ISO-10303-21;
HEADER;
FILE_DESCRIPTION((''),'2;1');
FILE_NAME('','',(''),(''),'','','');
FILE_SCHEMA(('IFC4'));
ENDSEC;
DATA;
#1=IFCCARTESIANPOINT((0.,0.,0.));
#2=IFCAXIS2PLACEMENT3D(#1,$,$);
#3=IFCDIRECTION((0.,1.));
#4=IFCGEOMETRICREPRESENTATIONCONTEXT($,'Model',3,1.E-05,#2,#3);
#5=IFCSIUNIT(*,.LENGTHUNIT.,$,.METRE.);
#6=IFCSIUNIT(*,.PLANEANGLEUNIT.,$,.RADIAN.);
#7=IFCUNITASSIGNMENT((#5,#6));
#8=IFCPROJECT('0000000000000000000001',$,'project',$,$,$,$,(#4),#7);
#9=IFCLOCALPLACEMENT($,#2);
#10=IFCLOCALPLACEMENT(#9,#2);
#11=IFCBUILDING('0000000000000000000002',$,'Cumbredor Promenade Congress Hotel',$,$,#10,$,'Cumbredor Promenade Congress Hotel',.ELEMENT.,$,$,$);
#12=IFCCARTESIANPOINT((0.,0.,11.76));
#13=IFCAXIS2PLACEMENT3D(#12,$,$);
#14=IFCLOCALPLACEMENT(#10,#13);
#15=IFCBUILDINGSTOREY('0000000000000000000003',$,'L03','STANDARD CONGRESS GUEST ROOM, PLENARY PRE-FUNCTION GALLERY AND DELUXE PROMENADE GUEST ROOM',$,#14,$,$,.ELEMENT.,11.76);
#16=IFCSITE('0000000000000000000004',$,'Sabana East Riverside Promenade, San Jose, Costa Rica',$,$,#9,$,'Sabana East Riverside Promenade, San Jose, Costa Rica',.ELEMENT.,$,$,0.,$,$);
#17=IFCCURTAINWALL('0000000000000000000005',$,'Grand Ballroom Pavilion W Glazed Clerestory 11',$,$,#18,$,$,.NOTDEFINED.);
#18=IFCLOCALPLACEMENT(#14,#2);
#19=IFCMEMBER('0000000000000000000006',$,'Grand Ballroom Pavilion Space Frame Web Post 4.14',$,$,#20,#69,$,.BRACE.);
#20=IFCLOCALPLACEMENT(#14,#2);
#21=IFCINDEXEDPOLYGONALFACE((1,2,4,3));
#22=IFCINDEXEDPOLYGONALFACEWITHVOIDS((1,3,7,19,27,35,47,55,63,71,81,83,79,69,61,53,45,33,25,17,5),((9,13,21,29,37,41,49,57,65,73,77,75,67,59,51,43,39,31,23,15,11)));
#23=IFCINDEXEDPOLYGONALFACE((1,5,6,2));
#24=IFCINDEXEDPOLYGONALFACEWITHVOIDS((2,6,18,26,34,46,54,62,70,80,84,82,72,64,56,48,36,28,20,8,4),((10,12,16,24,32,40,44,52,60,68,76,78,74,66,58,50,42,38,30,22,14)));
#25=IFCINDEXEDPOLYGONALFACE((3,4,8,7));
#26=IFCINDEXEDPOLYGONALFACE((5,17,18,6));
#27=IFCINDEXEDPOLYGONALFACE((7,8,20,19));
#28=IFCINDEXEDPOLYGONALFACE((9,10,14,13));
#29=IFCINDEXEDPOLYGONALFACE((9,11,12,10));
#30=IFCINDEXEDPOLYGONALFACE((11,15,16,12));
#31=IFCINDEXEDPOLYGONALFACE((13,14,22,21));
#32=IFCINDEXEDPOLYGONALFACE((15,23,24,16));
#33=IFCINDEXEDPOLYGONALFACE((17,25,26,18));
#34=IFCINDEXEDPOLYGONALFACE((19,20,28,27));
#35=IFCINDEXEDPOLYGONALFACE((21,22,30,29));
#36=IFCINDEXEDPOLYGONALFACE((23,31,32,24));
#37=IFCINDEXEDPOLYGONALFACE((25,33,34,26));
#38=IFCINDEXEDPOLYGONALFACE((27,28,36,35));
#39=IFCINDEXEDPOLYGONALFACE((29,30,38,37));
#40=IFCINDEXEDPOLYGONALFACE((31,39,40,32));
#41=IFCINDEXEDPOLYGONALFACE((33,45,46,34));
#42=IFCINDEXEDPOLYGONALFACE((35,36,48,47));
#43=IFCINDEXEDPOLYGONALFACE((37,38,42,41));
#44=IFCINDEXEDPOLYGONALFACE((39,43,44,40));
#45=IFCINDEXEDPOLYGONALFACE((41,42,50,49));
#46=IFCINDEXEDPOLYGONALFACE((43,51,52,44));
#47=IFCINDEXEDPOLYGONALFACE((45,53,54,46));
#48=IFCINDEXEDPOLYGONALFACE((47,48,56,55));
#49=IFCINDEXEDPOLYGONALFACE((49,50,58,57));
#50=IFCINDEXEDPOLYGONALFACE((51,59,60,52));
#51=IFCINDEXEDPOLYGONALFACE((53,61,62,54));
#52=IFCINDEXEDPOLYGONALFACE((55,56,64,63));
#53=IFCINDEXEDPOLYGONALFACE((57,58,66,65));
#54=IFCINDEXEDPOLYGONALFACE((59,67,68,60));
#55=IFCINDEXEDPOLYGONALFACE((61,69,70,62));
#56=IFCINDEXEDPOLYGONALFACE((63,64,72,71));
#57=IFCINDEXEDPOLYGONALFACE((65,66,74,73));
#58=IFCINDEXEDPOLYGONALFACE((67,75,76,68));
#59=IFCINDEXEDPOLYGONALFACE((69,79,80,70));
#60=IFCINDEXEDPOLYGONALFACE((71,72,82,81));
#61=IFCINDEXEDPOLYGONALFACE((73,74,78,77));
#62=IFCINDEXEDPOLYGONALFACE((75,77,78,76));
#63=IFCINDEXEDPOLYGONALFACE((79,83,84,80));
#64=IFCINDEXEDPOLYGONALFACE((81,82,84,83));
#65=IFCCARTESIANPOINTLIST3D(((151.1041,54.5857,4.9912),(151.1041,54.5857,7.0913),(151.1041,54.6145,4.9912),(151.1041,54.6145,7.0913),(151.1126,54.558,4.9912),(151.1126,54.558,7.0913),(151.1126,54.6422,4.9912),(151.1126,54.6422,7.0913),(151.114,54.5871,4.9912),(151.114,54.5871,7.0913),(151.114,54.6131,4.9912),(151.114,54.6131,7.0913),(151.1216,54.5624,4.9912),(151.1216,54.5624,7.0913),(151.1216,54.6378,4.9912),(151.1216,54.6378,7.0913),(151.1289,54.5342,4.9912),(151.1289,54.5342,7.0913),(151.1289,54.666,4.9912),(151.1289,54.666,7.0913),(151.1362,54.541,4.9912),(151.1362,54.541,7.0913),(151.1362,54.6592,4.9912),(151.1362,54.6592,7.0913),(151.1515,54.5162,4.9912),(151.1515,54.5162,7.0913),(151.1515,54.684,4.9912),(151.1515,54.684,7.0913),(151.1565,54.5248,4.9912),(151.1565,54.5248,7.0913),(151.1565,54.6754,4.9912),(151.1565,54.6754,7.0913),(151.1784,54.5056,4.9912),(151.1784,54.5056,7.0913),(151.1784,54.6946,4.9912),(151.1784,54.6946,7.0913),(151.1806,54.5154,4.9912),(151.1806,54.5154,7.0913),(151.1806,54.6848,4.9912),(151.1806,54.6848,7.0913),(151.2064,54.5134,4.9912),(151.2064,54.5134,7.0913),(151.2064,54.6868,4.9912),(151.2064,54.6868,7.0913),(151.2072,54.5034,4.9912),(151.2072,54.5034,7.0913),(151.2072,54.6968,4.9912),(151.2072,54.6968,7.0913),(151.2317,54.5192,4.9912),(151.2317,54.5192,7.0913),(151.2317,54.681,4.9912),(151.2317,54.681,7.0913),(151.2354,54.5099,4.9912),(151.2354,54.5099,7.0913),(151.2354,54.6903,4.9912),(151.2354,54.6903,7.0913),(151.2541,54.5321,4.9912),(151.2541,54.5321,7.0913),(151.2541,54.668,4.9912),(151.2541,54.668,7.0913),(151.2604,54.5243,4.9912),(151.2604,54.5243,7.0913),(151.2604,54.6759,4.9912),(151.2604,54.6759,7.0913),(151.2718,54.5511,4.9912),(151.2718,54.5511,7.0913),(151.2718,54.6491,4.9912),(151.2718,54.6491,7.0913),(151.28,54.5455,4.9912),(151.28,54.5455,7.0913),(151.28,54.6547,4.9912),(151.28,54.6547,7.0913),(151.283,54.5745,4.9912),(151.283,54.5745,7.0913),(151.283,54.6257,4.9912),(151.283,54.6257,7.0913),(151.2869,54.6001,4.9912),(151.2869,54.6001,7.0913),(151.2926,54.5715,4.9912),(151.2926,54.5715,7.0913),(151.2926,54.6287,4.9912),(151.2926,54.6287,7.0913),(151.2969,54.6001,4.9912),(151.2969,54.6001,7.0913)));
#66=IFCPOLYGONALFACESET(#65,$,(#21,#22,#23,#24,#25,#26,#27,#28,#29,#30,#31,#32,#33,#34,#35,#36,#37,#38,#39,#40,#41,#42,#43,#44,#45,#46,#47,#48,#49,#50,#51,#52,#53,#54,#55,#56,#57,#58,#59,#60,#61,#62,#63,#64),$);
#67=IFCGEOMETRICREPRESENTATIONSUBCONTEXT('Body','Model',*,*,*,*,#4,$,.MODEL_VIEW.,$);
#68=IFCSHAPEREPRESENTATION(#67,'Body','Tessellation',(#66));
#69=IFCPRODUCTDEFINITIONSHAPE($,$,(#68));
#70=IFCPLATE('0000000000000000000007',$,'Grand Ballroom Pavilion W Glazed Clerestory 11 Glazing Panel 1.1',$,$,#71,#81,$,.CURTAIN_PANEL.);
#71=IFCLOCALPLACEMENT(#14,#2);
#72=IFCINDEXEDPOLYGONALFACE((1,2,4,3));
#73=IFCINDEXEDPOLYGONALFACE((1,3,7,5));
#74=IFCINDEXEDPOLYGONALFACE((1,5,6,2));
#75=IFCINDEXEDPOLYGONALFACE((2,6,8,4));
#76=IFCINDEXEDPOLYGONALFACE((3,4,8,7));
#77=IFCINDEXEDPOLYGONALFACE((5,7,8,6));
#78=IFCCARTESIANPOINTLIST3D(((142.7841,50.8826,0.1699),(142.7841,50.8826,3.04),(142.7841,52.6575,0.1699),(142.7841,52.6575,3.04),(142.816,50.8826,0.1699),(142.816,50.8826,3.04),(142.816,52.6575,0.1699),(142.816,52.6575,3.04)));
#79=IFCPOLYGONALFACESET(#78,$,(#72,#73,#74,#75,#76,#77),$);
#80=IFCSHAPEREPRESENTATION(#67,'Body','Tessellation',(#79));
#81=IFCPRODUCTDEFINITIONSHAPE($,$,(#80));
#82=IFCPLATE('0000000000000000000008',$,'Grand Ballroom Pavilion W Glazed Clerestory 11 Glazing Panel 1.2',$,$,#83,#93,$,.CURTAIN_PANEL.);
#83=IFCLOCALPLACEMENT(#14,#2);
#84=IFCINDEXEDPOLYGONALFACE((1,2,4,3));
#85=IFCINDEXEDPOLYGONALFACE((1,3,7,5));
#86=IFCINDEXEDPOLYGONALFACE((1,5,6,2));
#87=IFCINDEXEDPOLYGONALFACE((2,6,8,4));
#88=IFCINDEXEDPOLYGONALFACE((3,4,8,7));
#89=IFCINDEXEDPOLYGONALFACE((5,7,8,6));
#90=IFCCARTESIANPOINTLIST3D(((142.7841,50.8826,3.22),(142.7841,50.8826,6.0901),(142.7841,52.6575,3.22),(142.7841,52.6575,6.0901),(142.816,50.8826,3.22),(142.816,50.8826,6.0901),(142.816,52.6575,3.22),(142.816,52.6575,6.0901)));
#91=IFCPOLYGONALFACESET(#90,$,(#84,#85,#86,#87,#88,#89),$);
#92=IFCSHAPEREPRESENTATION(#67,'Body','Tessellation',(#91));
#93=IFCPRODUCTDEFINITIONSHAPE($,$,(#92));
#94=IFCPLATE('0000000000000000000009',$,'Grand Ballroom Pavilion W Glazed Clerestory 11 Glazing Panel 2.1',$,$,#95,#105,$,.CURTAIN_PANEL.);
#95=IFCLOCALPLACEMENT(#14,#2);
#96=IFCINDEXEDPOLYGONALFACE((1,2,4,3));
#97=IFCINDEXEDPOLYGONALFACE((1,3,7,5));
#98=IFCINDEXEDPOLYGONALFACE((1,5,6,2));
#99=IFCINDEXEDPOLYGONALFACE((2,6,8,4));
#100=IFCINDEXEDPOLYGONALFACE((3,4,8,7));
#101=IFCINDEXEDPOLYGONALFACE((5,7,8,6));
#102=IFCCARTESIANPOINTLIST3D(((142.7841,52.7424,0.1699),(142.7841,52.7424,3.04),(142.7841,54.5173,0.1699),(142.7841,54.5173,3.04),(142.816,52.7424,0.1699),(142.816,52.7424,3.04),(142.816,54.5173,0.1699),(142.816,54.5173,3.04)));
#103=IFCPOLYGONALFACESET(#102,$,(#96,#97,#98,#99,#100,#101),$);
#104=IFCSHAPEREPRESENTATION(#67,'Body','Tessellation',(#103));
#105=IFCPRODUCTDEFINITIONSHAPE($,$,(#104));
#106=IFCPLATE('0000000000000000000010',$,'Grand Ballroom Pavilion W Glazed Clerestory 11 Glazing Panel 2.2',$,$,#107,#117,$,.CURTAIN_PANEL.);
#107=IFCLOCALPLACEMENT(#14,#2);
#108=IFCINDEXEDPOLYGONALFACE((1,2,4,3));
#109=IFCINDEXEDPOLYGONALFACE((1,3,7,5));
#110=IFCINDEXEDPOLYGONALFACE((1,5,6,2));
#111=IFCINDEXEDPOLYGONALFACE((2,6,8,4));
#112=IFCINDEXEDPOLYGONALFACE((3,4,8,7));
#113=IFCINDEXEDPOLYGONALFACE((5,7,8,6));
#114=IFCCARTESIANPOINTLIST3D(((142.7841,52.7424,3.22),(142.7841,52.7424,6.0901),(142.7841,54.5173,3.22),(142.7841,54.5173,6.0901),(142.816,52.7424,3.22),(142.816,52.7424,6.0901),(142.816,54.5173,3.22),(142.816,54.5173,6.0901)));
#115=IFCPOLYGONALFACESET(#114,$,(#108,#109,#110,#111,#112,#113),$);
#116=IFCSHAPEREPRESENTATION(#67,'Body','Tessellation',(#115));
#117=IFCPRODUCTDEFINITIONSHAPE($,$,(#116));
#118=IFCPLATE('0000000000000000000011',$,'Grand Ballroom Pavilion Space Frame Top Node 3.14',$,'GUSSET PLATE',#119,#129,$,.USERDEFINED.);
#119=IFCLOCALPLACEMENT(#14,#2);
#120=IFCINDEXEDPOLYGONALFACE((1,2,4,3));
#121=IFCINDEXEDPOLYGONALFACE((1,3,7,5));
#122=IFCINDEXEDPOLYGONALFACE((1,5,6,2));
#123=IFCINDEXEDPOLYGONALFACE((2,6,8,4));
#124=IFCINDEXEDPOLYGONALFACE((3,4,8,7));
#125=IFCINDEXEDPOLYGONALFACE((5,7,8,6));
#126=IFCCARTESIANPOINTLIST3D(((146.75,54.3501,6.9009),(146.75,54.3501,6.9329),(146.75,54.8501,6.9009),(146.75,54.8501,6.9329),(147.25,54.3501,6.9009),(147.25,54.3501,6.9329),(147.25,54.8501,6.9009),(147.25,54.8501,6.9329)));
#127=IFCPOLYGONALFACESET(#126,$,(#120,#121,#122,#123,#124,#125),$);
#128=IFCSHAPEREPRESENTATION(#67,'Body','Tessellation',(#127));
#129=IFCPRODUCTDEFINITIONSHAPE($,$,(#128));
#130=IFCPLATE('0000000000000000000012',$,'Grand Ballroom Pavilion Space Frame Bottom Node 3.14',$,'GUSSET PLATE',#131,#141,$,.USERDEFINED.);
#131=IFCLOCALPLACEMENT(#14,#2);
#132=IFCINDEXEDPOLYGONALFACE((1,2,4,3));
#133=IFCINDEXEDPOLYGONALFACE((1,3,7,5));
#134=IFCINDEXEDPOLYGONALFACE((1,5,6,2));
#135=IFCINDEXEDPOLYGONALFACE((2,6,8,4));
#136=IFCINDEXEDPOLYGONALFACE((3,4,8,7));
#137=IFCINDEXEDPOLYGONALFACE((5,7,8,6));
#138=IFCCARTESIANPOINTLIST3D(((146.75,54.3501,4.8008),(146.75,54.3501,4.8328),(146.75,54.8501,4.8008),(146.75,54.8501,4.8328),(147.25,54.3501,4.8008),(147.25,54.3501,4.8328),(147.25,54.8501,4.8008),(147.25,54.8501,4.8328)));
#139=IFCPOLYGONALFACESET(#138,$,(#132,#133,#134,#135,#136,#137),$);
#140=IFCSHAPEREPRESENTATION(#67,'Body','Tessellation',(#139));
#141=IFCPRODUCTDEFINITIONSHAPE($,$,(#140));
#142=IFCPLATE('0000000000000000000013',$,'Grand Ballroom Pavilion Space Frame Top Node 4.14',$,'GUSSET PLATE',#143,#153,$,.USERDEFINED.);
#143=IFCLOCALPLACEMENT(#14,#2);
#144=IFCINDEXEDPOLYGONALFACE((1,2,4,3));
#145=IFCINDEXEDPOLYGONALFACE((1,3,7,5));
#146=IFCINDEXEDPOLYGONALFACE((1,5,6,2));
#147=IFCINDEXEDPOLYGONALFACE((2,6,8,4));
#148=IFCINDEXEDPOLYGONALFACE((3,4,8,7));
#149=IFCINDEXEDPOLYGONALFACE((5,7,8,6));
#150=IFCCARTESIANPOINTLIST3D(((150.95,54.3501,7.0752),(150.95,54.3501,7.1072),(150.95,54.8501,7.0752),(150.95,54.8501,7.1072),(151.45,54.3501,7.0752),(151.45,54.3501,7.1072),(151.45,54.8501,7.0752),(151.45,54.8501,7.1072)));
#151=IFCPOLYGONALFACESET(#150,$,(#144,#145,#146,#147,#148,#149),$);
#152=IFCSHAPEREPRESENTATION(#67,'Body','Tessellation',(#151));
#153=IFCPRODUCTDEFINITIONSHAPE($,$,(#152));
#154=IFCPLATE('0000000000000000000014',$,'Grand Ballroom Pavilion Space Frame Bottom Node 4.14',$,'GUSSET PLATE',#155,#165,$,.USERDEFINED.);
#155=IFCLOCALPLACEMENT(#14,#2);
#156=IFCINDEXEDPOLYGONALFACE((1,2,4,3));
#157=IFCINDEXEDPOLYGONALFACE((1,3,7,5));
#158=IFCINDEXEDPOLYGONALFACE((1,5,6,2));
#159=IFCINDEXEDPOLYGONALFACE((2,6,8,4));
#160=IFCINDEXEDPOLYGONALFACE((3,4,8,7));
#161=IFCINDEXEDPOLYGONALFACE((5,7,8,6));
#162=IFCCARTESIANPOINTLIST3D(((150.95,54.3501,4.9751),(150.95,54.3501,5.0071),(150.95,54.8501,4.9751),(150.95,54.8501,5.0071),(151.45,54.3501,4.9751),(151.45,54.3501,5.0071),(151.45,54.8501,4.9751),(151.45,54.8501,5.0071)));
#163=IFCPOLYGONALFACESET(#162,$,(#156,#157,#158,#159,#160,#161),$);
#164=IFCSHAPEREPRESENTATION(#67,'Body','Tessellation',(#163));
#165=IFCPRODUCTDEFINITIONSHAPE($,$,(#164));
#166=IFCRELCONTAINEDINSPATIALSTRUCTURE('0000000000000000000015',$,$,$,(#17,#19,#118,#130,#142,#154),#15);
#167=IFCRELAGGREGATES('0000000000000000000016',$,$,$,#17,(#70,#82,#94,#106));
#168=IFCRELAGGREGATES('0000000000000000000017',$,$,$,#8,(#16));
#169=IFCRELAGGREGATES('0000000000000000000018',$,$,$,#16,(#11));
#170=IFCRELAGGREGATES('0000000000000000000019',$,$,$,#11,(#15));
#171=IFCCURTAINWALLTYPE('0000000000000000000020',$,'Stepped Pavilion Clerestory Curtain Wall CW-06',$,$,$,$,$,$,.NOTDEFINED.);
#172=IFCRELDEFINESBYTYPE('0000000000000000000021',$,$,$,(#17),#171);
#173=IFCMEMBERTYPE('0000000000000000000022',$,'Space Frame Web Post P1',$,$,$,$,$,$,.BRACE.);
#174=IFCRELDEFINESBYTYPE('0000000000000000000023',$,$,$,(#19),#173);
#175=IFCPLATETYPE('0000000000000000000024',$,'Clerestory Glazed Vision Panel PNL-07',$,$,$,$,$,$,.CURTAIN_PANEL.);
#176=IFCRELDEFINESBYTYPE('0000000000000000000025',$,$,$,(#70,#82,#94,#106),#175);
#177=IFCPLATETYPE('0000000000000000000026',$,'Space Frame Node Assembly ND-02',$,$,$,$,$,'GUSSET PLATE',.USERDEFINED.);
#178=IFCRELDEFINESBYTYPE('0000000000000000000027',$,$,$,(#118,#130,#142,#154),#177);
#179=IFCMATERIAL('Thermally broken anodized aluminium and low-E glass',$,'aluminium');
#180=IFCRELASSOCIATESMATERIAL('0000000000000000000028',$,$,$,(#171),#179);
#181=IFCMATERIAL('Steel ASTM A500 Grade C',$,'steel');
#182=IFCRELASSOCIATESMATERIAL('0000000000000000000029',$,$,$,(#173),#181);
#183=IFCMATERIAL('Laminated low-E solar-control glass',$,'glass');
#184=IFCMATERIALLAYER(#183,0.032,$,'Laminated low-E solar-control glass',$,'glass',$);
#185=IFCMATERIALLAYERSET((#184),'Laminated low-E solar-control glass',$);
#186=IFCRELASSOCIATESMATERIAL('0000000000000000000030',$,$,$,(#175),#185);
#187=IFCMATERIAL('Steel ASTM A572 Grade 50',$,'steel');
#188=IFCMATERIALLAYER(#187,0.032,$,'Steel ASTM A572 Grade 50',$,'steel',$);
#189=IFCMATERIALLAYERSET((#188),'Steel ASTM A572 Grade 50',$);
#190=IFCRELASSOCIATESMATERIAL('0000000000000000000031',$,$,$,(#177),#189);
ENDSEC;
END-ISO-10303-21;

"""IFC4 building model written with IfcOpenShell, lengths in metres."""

from ifc_helpers import new_model, si_unit, direction, frame, origin, origin_2d, place, context, subcontext, project, spatial, rectangle, hollow_circle, extrude, material, layer, layer_set, material_profile, profile_set, type_object, element, aggregate, save


model = new_model("IFC4")

# Units and contexts
model_context = context("Model", 3, precision=1e-05, world=origin(), true_north=direction((0.0, 1.0)))
body_context = subcontext(model_context, "Body", "Model", "MODEL_VIEW")
ifc_project = project(units=[si_unit("LENGTHUNIT", "METRE"), si_unit("PLANEANGLEUNIT", "RADIAN")], contexts=[model_context])

# Site, building, storey
site_placement = place(None, origin())
site = spatial("IfcSite", under=ifc_project, at=site_placement, Name="Sabana East Riverside Promenade, San Jose, Costa Rica", LongName="Sabana East Riverside Promenade, San Jose, Costa Rica", CompositionType="ELEMENT", RefElevation=0.0)
building_placement = place(site_placement, origin())
building = spatial("IfcBuilding", under=site, at=building_placement, Name="Cumbredor Promenade Congress Hotel", LongName="Cumbredor Promenade Congress Hotel", CompositionType="ELEMENT")
storey_placement = place(building_placement, frame((0.0, 0.0, 11.76)))
storey = spatial("IfcBuildingStorey", under=building, at=storey_placement, Name="L03", Description="STANDARD CONGRESS GUEST ROOM, PLENARY PRE-FUNCTION GALLERY AND DELUXE PROMENADE GUEST ROOM", CompositionType="ELEMENT", Elevation=11.76)

# Shared definitions
ifc_material_1 = material(Name="Steel ASTM A500 Grade C", Category="steel")

# Curtain wall
ifc_material_2 = material(Name="Thermally broken anodized aluminium and low-E glass", Category="aluminium")
curtain_wall_type = type_object("IfcCurtainWallType", Name="Stepped Pavilion Clerestory Curtain Wall CW-06", PredefinedType="NOTDEFINED", material=ifc_material_2)
curtain_wall_1_placement = place(storey_placement, origin())
curtain_wall_1 = element("IfcCurtainWall", 1, at=curtain_wall_1_placement, inside=storey, type_object=curtain_wall_type, Name="Grand Ballroom Pavilion W Glazed Clerestory 11", PredefinedType="NOTDEFINED")

# Member
ifc_material_profile_1 = material_profile(ifc_material_1, hollow_circle(Radius=0.0969, WallThickness=0.01, at=origin_2d()), Name="CHS 193.7x10")
ifc_profile_set_1 = profile_set([ifc_material_profile_1], Name="Steel ASTM A500 Grade C")
member_type_1 = type_object("IfcMemberType", Name="Space Frame Web Post P1", PredefinedType="BRACE", material=ifc_profile_set_1)
for number, where, z_axis, x_axis, name in (
    (2, (151.2, 54.6001, 4.9912), (0.0, 0.0, 1.0), (1.0, 0.0, 0.0), "Grand Ballroom Pavilion Space Frame Web Post 4.14"),
):
    element("IfcMember", number, at=place(storey_placement, frame(where, z_axis=z_axis, x_axis=x_axis)), inside=storey, type_object=member_type_1, Name=name, PredefinedType="BRACE", context=body_context, shape_type="SweptSolid", body=[
        extrude(hollow_circle(Radius=0.0969, WallThickness=0.01, at=origin_2d()), origin(), (0.0, 0.0, 1.0), 2.1001),
    ])

# Plates
ifc_material_3 = material(Name="Laminated low-E solar-control glass", Category="glass")
ifc_layer_1 = layer(ifc_material_3, 0.032, Name="Laminated low-E solar-control glass", Category="glass")
ifc_layer_set_1 = layer_set([ifc_layer_1], Name="Laminated low-E solar-control glass")
plate_type_1 = type_object("IfcPlateType", Name="Clerestory Glazed Vision Panel PNL-07", PredefinedType="CURTAIN_PANEL", material=ifc_layer_set_1)
plate_1_placement = place(storey_placement, frame((142.8, 51.77, 0.1699), z_axis=(0.0, 0.0, 1.0), x_axis=(0.0, 1.0, 0.0)))
plate_1 = element("IfcPlate", 3, at=plate_1_placement, type_object=plate_type_1, Name="Grand Ballroom Pavilion W Glazed Clerestory 11 Glazing Panel 1.1", PredefinedType="CURTAIN_PANEL", context=body_context, shape_type="SweptSolid", body=[
    extrude(rectangle(XDim=1.7749, YDim=0.032, at=origin_2d()), origin(), (0.0, 0.0, 1.0), 2.8701),
])
plate_2_placement = place(storey_placement, frame((142.8, 51.77, 3.22), z_axis=(0.0, 0.0, 1.0), x_axis=(0.0, 1.0, 0.0)))
plate_2 = element("IfcPlate", 4, at=plate_2_placement, type_object=plate_type_1, Name="Grand Ballroom Pavilion W Glazed Clerestory 11 Glazing Panel 1.2", PredefinedType="CURTAIN_PANEL", context=body_context, shape_type="SweptSolid", body=[
    extrude(rectangle(XDim=1.7749, YDim=0.032, at=origin_2d()), origin(), (0.0, 0.0, 1.0), 2.8701),
])
plate_3_placement = place(storey_placement, frame((142.8, 53.6299, 0.1699), z_axis=(0.0, 0.0, 1.0), x_axis=(0.0, 1.0, 0.0)))
plate_3 = element("IfcPlate", 5, at=plate_3_placement, type_object=plate_type_1, Name="Grand Ballroom Pavilion W Glazed Clerestory 11 Glazing Panel 2.1", PredefinedType="CURTAIN_PANEL", context=body_context, shape_type="SweptSolid", body=[
    extrude(rectangle(XDim=1.7749, YDim=0.032, at=origin_2d()), origin(), (0.0, 0.0, 1.0), 2.8701),
])
plate_4_placement = place(storey_placement, frame((142.8, 53.6299, 3.22), z_axis=(0.0, 0.0, 1.0), x_axis=(0.0, 1.0, 0.0)))
plate_4 = element("IfcPlate", 6, at=plate_4_placement, type_object=plate_type_1, Name="Grand Ballroom Pavilion W Glazed Clerestory 11 Glazing Panel 2.2", PredefinedType="CURTAIN_PANEL", context=body_context, shape_type="SweptSolid", body=[
    extrude(rectangle(XDim=1.7749, YDim=0.032, at=origin_2d()), origin(), (0.0, 0.0, 1.0), 2.8701),
])
aggregate(curtain_wall_1, [plate_1, plate_2, plate_3, plate_4])

# Plates
ifc_material_4 = material(Name="Steel ASTM A572 Grade 50", Category="steel")
ifc_layer_2 = layer(ifc_material_4, 0.032, Name="Steel ASTM A572 Grade 50", Category="steel")
ifc_layer_set_2 = layer_set([ifc_layer_2], Name="Steel ASTM A572 Grade 50")
plate_type_2 = type_object("IfcPlateType", Name="Space Frame Node Assembly ND-02", ElementType="GUSSET PLATE", PredefinedType="USERDEFINED", material=ifc_layer_set_2)
for number, where, z_axis, x_axis, name in (
    (7, (147.0, 54.6001, 6.9009), (0.0, 0.0, 1.0), (1.0, 0.0, 0.0), "Grand Ballroom Pavilion Space Frame Top Node 3.14"),
    (8, (147.0, 54.6001, 4.8008), (0.0, 0.0, 1.0), (1.0, 0.0, 0.0), "Grand Ballroom Pavilion Space Frame Bottom Node 3.14"),
    (9, (151.2, 54.6001, 7.0752), (0.0, 0.0, 1.0), (1.0, 0.0, 0.0), "Grand Ballroom Pavilion Space Frame Top Node 4.14"),
    (10, (151.2, 54.6001, 4.9751), (0.0, 0.0, 1.0), (1.0, 0.0, 0.0), "Grand Ballroom Pavilion Space Frame Bottom Node 4.14"),
):
    element("IfcPlate", number, at=place(storey_placement, frame(where, z_axis=z_axis, x_axis=x_axis)), inside=storey, type_object=plate_type_2, Name=name, ObjectType="GUSSET PLATE", PredefinedType="USERDEFINED", context=body_context, shape_type="SweptSolid", body=[
        extrude(rectangle(XDim=0.5, YDim=0.5, at=origin_2d()), origin(), (0.0, 0.0, 1.0), 0.032),
    ])

save(model, "model.ifc")
